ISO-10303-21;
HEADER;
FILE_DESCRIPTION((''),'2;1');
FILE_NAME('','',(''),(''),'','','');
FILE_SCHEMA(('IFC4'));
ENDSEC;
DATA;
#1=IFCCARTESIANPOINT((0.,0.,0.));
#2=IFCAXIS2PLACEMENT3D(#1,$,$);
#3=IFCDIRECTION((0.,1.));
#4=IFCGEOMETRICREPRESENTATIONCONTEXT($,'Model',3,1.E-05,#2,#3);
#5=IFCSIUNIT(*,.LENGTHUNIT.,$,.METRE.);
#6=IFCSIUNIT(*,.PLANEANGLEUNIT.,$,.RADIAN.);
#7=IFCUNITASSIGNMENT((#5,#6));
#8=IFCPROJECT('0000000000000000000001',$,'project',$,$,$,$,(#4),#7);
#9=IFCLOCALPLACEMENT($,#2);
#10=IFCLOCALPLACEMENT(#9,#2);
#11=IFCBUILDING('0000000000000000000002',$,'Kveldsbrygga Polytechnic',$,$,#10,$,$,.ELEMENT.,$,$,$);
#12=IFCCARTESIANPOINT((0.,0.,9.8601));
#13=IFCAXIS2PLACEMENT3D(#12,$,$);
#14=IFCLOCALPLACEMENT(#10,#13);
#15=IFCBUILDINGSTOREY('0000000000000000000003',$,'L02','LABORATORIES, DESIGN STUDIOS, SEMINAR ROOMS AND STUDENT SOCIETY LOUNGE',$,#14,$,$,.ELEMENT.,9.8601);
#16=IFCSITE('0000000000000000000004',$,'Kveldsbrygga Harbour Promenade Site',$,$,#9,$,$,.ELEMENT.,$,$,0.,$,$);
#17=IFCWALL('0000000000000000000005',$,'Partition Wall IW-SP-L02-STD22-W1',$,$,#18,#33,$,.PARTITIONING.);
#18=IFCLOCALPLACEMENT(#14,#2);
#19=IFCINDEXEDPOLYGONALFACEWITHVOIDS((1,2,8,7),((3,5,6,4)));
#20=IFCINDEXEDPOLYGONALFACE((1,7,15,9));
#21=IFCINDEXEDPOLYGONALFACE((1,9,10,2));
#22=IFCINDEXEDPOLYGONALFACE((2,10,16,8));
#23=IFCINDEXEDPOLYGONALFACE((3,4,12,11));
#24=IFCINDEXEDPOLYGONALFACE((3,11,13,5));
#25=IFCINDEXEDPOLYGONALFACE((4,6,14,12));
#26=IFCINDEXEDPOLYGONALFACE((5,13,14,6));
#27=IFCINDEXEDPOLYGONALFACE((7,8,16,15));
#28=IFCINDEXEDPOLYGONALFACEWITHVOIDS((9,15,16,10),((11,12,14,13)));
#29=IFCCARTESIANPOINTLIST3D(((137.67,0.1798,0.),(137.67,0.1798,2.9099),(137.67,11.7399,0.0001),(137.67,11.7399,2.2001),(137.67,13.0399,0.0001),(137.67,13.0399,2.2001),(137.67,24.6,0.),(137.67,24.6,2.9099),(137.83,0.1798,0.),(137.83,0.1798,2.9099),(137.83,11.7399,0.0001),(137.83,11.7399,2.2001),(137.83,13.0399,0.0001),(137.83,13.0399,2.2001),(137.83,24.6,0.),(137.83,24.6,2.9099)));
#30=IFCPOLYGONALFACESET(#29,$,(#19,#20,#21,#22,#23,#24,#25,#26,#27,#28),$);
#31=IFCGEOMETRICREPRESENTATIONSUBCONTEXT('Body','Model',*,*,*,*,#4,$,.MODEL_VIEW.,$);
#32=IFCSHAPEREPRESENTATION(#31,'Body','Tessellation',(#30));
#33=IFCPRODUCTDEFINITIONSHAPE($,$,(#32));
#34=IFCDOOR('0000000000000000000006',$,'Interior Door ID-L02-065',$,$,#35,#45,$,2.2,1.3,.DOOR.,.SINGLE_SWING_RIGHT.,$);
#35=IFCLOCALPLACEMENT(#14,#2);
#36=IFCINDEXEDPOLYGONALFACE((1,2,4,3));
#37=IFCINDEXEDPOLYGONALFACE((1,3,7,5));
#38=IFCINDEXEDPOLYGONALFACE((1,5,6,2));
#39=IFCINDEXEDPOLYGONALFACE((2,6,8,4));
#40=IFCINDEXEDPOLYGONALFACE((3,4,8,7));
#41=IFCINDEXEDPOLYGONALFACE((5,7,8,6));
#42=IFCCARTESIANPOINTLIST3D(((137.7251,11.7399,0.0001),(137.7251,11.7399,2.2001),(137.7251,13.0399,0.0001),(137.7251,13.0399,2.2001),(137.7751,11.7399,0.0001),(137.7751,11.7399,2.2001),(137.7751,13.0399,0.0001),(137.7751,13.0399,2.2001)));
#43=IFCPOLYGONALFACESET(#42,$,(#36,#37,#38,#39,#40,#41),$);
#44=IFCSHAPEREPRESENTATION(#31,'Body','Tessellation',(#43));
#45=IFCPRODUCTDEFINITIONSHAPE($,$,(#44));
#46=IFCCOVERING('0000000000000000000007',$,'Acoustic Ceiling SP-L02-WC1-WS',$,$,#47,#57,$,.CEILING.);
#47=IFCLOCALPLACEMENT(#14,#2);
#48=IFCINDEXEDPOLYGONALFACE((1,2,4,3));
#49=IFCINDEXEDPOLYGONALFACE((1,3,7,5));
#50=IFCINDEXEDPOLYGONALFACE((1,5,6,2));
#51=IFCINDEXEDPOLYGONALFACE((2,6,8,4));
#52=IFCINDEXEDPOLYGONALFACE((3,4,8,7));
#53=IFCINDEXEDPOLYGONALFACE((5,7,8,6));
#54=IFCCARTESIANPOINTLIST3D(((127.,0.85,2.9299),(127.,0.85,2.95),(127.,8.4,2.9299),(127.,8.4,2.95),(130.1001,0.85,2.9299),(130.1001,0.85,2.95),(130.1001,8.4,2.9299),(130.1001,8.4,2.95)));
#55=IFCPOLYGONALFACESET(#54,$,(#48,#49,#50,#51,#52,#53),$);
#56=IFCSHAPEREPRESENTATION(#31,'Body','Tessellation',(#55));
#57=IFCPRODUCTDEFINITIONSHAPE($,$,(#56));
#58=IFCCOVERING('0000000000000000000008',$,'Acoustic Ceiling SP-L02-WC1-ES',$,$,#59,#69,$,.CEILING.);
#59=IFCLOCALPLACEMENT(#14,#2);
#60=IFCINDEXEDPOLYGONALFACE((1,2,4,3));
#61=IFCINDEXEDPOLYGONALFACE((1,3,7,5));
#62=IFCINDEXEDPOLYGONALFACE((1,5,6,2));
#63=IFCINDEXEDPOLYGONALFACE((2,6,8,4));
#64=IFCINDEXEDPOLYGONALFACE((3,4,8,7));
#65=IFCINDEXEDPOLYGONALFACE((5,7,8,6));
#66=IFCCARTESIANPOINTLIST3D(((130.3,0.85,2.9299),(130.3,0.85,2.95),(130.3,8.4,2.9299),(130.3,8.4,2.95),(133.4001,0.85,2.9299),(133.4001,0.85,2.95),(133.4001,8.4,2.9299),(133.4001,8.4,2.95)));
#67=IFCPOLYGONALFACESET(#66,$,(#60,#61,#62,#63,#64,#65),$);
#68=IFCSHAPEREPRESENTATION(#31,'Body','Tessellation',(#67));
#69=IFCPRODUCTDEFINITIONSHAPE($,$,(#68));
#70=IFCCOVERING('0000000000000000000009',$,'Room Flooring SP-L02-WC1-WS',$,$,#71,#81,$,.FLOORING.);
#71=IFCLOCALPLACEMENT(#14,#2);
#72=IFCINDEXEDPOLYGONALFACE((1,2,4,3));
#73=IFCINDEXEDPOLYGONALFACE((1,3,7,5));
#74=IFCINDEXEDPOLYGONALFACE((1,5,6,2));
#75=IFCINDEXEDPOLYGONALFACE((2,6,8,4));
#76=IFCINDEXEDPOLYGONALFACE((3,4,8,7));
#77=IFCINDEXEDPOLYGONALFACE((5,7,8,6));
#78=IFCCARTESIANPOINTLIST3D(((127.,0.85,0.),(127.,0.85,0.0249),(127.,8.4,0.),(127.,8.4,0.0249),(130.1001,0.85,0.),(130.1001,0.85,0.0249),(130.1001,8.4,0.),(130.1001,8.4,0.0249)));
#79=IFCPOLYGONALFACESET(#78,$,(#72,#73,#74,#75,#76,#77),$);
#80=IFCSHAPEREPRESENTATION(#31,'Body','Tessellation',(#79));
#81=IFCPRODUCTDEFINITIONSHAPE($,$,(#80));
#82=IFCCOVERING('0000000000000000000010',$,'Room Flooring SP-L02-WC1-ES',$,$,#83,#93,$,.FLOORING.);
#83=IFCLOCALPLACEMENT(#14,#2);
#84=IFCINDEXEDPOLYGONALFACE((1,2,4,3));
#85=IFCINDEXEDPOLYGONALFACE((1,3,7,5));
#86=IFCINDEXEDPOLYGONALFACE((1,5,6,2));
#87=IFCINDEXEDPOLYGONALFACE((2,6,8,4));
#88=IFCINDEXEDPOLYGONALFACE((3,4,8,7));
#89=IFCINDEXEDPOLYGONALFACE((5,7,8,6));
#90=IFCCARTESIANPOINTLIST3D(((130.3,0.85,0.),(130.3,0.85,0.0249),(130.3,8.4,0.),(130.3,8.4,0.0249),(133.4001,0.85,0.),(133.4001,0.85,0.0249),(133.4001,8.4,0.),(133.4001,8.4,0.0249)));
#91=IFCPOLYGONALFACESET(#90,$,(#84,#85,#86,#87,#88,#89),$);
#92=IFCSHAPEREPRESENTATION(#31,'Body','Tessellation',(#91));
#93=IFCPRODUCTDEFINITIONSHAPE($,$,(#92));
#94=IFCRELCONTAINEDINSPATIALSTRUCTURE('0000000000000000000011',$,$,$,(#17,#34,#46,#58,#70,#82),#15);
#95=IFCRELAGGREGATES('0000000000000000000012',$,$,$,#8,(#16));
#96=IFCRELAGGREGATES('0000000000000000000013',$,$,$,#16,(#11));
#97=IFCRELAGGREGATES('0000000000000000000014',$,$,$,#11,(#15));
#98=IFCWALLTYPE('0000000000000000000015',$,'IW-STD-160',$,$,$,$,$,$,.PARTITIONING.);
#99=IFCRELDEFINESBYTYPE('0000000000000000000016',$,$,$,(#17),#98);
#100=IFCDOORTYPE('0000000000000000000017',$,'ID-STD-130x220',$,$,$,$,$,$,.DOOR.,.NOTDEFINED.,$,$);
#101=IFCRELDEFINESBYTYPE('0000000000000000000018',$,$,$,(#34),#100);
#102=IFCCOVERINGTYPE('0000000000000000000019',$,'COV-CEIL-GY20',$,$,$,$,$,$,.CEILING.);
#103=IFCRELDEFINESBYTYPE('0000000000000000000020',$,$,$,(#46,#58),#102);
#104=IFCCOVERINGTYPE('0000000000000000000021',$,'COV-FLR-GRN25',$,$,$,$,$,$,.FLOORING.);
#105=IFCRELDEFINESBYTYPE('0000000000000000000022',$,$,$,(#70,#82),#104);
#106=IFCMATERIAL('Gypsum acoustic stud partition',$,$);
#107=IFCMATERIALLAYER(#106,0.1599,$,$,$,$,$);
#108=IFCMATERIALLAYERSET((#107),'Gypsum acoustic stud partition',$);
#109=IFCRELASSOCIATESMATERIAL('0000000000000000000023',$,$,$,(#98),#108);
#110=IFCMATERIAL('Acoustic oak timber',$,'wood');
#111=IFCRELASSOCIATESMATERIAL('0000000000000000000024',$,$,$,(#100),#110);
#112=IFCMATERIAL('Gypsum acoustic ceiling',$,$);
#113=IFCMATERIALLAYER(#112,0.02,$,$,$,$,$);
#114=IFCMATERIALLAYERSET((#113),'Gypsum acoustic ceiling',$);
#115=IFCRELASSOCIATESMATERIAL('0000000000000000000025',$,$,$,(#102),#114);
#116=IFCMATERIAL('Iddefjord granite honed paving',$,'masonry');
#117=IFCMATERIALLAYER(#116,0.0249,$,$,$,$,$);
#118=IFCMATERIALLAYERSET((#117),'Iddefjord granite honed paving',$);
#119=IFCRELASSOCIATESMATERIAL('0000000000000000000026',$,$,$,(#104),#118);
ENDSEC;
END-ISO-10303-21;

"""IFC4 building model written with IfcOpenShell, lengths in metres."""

from ifc_helpers import new_model, si_unit, direction, frame, frame_2d, origin, origin_2d, place, context, subcontext, project, spatial, rectangle, extrude, material, layer, layer_set, type_object, element, fill, save


model = new_model("IFC4")

# Units and contexts
model_context = context("Model", 3, precision=1e-05, world=origin(), true_north=direction((0.0, 1.0)))
body_context = subcontext(model_context, "Body", "Model", "MODEL_VIEW")
ifc_project = project(units=[si_unit("LENGTHUNIT", "METRE"), si_unit("PLANEANGLEUNIT", "RADIAN")], contexts=[model_context])

# Site, building, storey
site_placement = place(None, origin())
site = spatial("IfcSite", under=ifc_project, at=site_placement, Name="Kveldsbrygga Harbour Promenade Site", CompositionType="ELEMENT", RefElevation=0.0)
building_placement = place(site_placement, origin())
building = spatial("IfcBuilding", under=site, at=building_placement, Name="Kveldsbrygga Polytechnic", CompositionType="ELEMENT")
storey_placement = place(building_placement, frame((0.0, 0.0, 9.8601)))
storey = spatial("IfcBuildingStorey", under=building, at=storey_placement, Name="L02", Description="LABORATORIES, DESIGN STUDIOS, SEMINAR ROOMS AND STUDENT SOCIETY LOUNGE", CompositionType="ELEMENT", Elevation=9.8601)

# Wall, opening, door
ifc_material_1 = material(Name="Acoustic oak timber", Category="wood")
ifc_material_2 = material(Name="Gypsum acoustic stud partition")
ifc_layer_1 = layer(ifc_material_2, 0.1599)
ifc_layer_set_1 = layer_set([ifc_layer_1], Name="Gypsum acoustic stud partition")
wall_type_1 = type_object("IfcWallType", Name="IW-STD-160", PredefinedType="PARTITIONING", material=ifc_layer_set_1)
wall_1_placement = place(storey_placement, frame((137.75, 0.1799, 0.0), z_axis=(0.0, 0.0, 1.0), x_axis=(0.0, 1.0, 0.0)))
wall_1 = element("IfcWall", 1, at=wall_1_placement, inside=storey, type_object=wall_type_1, Name="Partition Wall IW-SP-L02-STD22-W1", PredefinedType="PARTITIONING", context=body_context, shape_type="SweptSolid", body=[
    extrude(rectangle(XDim=24.4202, YDim=0.1599, at=frame_2d((12.21, 0.0))), origin(), (0.0, 0.0, 1.0), 2.9099),
])
opening_1_placement = place(wall_1_placement, frame((11.5601, 0.0, 0.0)))
opening_1 = element("IfcOpeningElement", 2, at=opening_1_placement, cuts=wall_1, PredefinedType="OPENING", context=body_context, shape_type="SweptSolid", body=[
    extrude(rectangle(XDim=1.3, YDim=2.2, at=frame_2d((0.6499, 1.1001))), frame((0.0, 0.0898, 0.0), z_axis=(0.0, -1.0, 0.0), x_axis=(1.0, 0.0, 0.0)), (0.0, 0.0, 1.0), 0.1799),
])
door_type_1 = type_object("IfcDoorType", Name="ID-STD-130x220", OperationType="NOTDEFINED", PredefinedType="DOOR", material=ifc_material_1)
door_1_placement = place(opening_1_placement, origin())
door_1 = element("IfcDoor", 3, at=door_1_placement, inside=storey, type_object=door_type_1, Name="Interior Door ID-L02-065", OperationType="SINGLE_SWING_RIGHT", OverallHeight=2.2, OverallWidth=1.3, PredefinedType="DOOR", context=body_context, shape_type="SweptSolid", body=[
    extrude(rectangle(XDim=1.3, YDim=2.2, at=frame_2d((0.6499, 1.1001))), frame((0.0, 0.0249, 0.0), z_axis=(0.0, -1.0, 0.0), x_axis=(1.0, 0.0, 0.0)), (0.0, 0.0, 1.0), 0.05),
])
fill(opening_1, door_1)

# Coverings
ifc_material_3 = material(Name="Gypsum acoustic ceiling")
ifc_layer_2 = layer(ifc_material_3, 0.02)
ifc_layer_set_2 = layer_set([ifc_layer_2], Name="Gypsum acoustic ceiling")
covering_type_1 = type_object("IfcCoveringType", Name="COV-CEIL-GY20", PredefinedType="CEILING", material=ifc_layer_set_2)
for number, where, z_axis, x_axis, name in (
    (4, (128.55, 4.625, 2.9299), (0.0, 0.0, 1.0), (1.0, 0.0, 0.0), "Acoustic Ceiling SP-L02-WC1-WS"),
    (5, (131.8501, 4.625, 2.9299), (0.0, 0.0, 1.0), (1.0, 0.0, 0.0), "Acoustic Ceiling SP-L02-WC1-ES"),
):
    element("IfcCovering", number, at=place(storey_placement, frame(where, z_axis=z_axis, x_axis=x_axis)), inside=storey, type_object=covering_type_1, Name=name, PredefinedType="CEILING", context=body_context, shape_type="SweptSolid", body=[
        extrude(rectangle(XDim=3.1001, YDim=7.55, at=origin_2d()), origin(), (0.0, 0.0, 1.0), 0.02),
    ])
ifc_material_4 = material(Name="Iddefjord granite honed paving", Category="masonry")
ifc_layer_3 = layer(ifc_material_4, 0.0249)
ifc_layer_set_3 = layer_set([ifc_layer_3], Name="Iddefjord granite honed paving")
covering_type_2 = type_object("IfcCoveringType", Name="COV-FLR-GRN25", PredefinedType="FLOORING", material=ifc_layer_set_3)
for number, where, z_axis, x_axis, name in (
    (6, (128.55, 4.625, 0.0), (0.0, 0.0, 1.0), (1.0, 0.0, 0.0), "Room Flooring SP-L02-WC1-WS"),
    (7, (131.8501, 4.625, 0.0), (0.0, 0.0, 1.0), (1.0, 0.0, 0.0), "Room Flooring SP-L02-WC1-ES"),
):
    element("IfcCovering", number, at=place(storey_placement, frame(where, z_axis=z_axis, x_axis=x_axis)), inside=storey, type_object=covering_type_2, Name=name, PredefinedType="FLOORING", context=body_context, shape_type="SweptSolid", body=[
        extrude(rectangle(XDim=3.1001, YDim=7.55, at=origin_2d()), origin(), (0.0, 0.0, 1.0), 0.0249),
    ])

save(model, "model.ifc")
